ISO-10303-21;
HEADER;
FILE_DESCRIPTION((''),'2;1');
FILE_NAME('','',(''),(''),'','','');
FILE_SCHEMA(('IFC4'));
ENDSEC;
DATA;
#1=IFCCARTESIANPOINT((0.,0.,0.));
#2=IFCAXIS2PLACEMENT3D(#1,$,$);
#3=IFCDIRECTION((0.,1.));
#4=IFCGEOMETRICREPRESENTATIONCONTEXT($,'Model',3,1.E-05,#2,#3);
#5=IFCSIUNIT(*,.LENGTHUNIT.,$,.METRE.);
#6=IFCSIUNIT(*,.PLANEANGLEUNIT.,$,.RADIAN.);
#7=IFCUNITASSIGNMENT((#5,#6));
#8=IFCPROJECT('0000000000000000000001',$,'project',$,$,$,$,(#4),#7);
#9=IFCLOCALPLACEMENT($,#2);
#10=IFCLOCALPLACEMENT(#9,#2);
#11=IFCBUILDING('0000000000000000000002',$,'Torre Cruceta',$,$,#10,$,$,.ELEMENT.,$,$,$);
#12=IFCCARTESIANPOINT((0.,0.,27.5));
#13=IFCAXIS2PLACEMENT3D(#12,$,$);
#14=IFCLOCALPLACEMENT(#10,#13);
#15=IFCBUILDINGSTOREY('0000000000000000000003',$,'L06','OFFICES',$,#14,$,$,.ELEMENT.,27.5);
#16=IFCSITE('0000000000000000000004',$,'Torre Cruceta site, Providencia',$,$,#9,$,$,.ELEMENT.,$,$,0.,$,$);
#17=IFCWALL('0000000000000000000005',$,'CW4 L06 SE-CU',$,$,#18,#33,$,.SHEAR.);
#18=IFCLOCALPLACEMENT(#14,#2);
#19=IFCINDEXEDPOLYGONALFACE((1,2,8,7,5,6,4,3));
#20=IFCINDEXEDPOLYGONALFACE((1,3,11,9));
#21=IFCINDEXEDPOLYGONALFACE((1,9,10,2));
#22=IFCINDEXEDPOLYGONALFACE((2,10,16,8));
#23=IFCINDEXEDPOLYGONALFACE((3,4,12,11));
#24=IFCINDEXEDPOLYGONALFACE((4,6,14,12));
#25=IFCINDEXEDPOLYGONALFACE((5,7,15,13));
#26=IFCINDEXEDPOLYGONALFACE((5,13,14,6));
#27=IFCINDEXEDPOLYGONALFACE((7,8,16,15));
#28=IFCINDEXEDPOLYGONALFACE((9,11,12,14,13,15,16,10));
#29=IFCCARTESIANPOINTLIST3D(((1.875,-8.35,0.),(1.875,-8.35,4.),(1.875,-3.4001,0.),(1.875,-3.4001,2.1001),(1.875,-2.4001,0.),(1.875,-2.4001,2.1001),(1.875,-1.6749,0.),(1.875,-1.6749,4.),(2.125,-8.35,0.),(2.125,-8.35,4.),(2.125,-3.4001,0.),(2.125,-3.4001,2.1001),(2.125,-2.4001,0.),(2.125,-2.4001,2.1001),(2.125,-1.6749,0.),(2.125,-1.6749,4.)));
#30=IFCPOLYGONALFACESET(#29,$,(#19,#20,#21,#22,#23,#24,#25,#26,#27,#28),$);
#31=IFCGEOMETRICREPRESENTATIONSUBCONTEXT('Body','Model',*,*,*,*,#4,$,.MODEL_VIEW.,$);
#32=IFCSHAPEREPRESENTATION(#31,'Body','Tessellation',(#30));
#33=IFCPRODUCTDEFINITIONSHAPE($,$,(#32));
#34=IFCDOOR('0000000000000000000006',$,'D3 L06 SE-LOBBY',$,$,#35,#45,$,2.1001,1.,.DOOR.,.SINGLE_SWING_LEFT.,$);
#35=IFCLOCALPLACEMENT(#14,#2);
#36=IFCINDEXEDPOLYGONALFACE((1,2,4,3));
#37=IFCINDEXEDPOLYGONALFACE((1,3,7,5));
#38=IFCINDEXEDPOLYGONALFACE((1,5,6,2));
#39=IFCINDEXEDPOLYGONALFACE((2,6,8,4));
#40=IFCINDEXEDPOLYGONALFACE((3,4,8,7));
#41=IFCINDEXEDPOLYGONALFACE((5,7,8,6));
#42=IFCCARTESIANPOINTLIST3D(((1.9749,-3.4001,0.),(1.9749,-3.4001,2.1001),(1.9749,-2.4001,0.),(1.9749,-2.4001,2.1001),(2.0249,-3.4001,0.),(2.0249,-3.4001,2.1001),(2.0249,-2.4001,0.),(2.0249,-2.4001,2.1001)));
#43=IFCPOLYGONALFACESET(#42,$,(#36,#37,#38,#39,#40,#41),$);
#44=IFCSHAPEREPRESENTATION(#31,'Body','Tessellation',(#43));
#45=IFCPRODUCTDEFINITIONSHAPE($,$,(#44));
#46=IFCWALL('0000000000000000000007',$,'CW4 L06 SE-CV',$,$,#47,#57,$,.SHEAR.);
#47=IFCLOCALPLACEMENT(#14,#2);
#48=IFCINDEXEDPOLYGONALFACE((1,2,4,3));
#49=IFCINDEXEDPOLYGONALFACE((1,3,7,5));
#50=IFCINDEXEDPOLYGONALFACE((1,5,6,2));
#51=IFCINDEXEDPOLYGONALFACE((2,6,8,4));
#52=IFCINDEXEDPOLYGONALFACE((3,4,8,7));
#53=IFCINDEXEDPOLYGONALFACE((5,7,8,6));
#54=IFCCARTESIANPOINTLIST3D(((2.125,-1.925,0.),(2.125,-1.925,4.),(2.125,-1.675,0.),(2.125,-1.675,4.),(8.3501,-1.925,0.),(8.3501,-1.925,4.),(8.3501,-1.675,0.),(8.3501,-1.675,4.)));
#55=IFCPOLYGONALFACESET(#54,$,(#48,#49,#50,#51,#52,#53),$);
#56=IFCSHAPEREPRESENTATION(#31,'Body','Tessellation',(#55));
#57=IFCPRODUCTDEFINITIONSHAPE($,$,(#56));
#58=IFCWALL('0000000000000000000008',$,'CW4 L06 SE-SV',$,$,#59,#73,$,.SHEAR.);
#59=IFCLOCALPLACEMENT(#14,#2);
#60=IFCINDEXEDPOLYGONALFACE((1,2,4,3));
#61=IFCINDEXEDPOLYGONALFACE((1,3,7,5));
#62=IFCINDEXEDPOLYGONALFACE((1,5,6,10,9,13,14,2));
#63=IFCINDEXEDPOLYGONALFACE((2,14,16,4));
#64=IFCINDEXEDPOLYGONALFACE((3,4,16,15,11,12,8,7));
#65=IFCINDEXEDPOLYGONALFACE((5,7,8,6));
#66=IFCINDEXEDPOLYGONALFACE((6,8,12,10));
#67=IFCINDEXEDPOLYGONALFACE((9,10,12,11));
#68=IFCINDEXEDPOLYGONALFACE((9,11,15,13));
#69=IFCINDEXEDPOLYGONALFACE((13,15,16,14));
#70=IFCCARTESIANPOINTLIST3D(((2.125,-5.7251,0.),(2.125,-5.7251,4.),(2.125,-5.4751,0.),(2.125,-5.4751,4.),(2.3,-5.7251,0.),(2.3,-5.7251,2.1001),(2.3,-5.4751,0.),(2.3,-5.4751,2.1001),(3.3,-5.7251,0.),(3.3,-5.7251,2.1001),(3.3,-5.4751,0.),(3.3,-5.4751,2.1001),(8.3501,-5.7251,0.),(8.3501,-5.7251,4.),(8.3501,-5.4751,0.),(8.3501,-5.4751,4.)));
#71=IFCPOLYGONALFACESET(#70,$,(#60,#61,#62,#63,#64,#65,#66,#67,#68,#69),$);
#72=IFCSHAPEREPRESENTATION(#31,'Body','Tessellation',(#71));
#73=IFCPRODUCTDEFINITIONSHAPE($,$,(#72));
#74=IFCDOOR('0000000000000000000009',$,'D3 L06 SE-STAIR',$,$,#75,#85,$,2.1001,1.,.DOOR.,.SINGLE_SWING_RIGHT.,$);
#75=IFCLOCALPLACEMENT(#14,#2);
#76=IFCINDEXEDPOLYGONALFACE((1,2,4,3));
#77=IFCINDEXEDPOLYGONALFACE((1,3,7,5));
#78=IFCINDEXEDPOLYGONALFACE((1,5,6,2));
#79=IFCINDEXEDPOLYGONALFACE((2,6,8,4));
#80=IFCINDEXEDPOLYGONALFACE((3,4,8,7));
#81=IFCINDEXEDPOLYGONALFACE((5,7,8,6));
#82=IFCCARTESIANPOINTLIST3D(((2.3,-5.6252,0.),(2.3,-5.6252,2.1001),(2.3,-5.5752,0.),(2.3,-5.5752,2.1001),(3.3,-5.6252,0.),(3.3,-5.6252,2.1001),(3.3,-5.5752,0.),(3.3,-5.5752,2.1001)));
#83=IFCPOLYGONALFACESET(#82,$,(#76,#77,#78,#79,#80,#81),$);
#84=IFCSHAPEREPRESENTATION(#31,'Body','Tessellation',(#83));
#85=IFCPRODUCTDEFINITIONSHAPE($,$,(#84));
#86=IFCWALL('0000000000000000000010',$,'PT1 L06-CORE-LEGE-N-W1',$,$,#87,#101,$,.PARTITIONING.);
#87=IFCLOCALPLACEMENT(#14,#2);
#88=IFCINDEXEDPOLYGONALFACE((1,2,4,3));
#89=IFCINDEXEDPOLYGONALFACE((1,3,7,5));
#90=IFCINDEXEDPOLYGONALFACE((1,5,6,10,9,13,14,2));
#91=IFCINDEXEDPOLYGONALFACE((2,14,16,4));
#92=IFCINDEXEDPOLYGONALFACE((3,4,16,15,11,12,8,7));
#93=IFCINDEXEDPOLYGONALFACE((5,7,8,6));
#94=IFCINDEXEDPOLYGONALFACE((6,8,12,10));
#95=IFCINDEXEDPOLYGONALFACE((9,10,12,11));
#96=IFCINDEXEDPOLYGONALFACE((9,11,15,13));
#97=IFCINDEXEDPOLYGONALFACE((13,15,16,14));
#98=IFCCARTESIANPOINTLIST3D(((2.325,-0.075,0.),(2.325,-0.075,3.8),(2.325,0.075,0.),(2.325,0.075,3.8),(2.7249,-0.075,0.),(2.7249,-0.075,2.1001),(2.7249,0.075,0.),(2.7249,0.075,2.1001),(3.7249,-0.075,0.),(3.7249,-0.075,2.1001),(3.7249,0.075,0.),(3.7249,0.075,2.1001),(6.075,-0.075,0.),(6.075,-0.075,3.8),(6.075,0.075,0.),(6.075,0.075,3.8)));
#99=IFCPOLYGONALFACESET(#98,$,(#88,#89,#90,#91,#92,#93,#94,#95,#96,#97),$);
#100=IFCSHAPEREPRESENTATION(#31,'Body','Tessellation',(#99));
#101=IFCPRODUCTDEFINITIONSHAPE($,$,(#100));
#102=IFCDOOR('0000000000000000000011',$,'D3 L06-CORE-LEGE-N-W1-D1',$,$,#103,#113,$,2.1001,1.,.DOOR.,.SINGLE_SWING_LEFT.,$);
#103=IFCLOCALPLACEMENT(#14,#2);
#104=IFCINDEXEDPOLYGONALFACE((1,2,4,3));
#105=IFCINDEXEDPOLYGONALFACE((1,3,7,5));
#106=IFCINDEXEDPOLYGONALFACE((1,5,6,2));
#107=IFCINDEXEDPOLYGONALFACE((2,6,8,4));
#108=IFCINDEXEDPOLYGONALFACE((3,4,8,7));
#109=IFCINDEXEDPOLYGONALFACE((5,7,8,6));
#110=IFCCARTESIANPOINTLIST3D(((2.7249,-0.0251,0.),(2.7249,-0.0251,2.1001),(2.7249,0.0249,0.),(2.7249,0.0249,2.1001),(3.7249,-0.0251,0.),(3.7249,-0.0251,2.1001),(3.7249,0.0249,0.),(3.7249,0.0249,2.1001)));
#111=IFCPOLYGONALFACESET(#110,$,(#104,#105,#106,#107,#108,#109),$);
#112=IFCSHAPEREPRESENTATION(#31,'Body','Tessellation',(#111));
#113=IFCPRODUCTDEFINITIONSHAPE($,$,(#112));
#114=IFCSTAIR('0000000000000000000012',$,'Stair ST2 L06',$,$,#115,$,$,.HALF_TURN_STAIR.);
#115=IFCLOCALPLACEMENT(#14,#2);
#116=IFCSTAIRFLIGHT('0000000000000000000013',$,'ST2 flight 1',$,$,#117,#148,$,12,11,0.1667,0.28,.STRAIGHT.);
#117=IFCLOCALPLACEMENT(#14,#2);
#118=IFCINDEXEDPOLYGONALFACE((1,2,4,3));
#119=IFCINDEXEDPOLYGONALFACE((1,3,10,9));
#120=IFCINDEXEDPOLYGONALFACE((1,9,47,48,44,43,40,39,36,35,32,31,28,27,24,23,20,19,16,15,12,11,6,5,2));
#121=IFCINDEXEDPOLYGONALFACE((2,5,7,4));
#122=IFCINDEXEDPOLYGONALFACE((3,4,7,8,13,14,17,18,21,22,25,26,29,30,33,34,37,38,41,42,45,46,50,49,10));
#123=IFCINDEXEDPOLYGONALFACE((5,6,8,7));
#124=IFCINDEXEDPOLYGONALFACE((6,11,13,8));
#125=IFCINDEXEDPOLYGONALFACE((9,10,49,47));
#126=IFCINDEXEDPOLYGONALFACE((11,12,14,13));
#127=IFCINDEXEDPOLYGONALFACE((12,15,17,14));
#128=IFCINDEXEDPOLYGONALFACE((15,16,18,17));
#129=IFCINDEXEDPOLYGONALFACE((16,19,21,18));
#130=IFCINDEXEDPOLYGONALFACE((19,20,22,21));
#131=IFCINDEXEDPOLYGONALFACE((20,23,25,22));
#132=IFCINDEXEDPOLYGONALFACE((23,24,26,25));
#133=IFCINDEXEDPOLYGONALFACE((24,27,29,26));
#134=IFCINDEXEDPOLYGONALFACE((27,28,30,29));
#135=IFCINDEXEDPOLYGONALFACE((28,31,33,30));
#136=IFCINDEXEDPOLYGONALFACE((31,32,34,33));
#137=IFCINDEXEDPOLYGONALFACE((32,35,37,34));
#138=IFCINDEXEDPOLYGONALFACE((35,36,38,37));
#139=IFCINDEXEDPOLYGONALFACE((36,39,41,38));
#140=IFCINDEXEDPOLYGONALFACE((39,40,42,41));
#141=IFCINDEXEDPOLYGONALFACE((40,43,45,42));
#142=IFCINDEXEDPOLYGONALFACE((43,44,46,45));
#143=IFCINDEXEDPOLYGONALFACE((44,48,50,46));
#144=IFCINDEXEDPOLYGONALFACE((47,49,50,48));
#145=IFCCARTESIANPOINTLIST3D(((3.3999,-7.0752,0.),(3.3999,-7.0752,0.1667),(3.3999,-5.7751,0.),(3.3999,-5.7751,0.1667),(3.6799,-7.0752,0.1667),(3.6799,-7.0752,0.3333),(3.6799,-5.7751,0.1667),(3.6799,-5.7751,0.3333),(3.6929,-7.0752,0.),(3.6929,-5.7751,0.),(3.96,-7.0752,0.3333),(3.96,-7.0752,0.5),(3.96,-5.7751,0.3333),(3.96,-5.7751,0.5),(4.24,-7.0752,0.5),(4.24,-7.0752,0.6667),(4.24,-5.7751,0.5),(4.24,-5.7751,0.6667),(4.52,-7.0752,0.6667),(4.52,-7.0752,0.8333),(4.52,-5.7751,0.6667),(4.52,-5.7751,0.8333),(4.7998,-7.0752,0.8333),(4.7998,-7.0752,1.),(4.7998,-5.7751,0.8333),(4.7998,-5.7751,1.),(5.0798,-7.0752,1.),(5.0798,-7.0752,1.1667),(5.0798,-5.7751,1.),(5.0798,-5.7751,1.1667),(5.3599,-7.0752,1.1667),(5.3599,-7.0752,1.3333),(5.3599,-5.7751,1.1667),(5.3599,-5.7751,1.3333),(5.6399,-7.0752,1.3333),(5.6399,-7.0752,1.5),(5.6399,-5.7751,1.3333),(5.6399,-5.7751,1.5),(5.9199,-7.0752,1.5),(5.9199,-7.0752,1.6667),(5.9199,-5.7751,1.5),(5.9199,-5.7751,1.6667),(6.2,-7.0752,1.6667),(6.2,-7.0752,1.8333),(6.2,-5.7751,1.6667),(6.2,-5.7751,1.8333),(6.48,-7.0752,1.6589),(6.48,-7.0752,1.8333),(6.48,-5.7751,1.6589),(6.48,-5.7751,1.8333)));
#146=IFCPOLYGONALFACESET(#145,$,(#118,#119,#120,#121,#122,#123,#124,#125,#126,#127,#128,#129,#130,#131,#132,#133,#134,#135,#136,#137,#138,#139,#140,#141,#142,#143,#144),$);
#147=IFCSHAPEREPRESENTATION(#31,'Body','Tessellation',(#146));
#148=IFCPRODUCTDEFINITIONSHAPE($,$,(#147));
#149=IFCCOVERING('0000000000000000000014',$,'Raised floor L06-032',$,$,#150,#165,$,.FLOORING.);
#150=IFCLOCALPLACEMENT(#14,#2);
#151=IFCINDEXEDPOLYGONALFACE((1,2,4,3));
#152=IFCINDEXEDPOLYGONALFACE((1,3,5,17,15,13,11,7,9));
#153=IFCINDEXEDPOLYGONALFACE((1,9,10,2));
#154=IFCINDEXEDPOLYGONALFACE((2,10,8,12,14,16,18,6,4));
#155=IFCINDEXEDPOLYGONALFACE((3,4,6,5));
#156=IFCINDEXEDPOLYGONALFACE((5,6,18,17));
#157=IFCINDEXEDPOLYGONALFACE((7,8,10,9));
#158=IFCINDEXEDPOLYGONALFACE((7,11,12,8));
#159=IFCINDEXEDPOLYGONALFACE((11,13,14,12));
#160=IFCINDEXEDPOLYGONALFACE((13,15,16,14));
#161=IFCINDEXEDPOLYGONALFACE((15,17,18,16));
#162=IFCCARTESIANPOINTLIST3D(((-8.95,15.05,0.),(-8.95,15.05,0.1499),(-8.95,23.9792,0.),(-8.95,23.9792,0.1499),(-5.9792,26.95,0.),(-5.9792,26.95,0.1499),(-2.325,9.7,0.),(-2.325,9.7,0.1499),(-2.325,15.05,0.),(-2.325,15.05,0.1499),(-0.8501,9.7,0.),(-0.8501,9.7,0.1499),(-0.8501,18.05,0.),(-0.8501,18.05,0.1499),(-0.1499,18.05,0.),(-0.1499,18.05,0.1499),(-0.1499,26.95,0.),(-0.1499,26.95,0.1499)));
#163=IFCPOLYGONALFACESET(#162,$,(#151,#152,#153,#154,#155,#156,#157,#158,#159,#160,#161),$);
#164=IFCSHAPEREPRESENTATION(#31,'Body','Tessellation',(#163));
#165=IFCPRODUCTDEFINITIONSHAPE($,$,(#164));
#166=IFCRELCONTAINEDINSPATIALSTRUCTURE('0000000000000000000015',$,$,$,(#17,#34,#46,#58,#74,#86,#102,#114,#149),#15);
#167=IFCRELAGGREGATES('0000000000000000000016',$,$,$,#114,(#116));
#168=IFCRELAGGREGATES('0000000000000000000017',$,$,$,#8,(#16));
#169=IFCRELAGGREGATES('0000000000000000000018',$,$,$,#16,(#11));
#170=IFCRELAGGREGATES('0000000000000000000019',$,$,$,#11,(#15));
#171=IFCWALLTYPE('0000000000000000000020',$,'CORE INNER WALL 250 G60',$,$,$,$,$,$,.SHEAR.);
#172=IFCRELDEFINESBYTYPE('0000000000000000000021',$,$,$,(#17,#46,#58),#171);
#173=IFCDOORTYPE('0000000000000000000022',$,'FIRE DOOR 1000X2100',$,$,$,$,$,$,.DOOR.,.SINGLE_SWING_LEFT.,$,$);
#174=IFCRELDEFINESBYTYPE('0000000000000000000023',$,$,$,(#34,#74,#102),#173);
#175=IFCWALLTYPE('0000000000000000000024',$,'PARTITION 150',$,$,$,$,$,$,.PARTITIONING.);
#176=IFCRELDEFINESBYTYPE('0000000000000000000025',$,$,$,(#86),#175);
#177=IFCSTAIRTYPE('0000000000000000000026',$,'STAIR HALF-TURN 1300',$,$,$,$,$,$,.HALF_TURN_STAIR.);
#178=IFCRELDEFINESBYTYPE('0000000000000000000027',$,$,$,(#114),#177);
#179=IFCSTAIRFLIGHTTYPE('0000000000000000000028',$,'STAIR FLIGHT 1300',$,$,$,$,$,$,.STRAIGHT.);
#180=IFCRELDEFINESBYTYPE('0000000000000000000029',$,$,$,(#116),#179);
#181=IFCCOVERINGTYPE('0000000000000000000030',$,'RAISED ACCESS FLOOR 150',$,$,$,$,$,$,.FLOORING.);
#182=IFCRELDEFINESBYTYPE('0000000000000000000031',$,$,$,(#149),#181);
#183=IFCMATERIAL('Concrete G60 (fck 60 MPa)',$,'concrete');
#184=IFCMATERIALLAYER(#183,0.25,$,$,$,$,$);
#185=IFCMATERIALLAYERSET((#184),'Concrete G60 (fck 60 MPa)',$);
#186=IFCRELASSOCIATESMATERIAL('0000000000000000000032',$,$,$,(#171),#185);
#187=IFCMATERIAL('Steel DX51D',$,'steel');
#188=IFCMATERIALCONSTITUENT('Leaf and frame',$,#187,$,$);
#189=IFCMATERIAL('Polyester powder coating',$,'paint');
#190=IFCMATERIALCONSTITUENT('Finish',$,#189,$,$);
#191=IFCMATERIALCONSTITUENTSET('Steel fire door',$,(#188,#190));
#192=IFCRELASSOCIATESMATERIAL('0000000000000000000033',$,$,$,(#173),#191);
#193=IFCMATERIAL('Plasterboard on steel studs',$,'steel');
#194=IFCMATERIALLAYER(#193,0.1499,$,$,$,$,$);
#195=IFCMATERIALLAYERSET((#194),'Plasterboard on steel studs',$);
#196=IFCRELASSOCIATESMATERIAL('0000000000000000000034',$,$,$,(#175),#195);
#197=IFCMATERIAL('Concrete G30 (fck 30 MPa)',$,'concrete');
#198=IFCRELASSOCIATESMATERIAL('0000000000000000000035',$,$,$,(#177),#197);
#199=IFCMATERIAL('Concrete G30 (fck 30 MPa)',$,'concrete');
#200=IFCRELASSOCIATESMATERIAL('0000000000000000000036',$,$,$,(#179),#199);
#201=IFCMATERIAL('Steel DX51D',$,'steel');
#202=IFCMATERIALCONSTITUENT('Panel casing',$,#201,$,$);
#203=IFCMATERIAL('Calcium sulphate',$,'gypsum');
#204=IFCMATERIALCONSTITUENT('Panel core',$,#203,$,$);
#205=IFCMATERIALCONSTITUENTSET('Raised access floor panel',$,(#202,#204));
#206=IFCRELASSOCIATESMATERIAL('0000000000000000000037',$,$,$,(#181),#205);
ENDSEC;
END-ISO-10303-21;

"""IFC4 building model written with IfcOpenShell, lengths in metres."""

from ifc_helpers import new_model, si_unit, direction, frame, frame_2d, origin, place, context, subcontext, project, spatial, polyline, rectangle, outline, extrude, material, layer, layer_set, constituent, constituent_set, type_object, element, fill, aggregate, save


model = new_model("IFC4")

# Units and contexts
model_context = context("Model", 3, precision=1e-05, world=origin(), true_north=direction((0.0, 1.0)))
body_context = subcontext(model_context, "Body", "Model", "MODEL_VIEW")
ifc_project = project(units=[si_unit("LENGTHUNIT", "METRE"), si_unit("PLANEANGLEUNIT", "RADIAN")], contexts=[model_context])

# Site, building, storey
site_placement = place(None, origin())
site = spatial("IfcSite", under=ifc_project, at=site_placement, Name="Torre Cruceta site, Providencia", CompositionType="ELEMENT", RefElevation=0.0)
building_placement = place(site_placement, origin())
building = spatial("IfcBuilding", under=site, at=building_placement, Name="Torre Cruceta", CompositionType="ELEMENT")
storey_placement = place(building_placement, frame((0.0, 0.0, 27.5)))
storey = spatial("IfcBuildingStorey", under=building, at=storey_placement, Name="L06", Description="OFFICES", CompositionType="ELEMENT", Elevation=27.5)

# Wall, opening, door
ifc_material_1 = material(Name="Concrete G60 (fck 60 MPa)", Category="concrete")
ifc_layer_1 = layer(ifc_material_1, 0.25)
ifc_layer_set_1 = layer_set([ifc_layer_1], Name="Concrete G60 (fck 60 MPa)")
wall_type_1 = type_object("IfcWallType", Name="CORE INNER WALL 250 G60", PredefinedType="SHEAR", material=ifc_layer_set_1)
wall_1_placement = place(storey_placement, frame((2.0, -1.675, 0.0), z_axis=(0.0, 0.0, 1.0), x_axis=(0.0, -1.0, 0.0)))
wall_1 = element("IfcWall", 1, at=wall_1_placement, inside=storey, type_object=wall_type_1, Name="CW4 L06 SE-CU", PredefinedType="SHEAR", context=body_context, shape_type="SweptSolid", body=[
    extrude(rectangle(XDim=6.675, YDim=0.25, at=frame_2d((3.3374, 0.0))), origin(), (0.0, 0.0, 1.0), 4.0),
])
opening_1_placement = place(wall_1_placement, frame((0.7251, 0.0, 0.0)))
opening_1 = element("IfcOpeningElement", 2, at=opening_1_placement, cuts=wall_1, PredefinedType="OPENING", context=body_context, shape_type="SweptSolid", body=[
    extrude(rectangle(XDim=1.0, YDim=2.1001, at=frame_2d((0.5, 1.05))), frame((0.0, 0.135, 0.0), z_axis=(0.0, -1.0, 0.0), x_axis=(1.0, 0.0, 0.0)), (0.0, 0.0, 1.0), 0.27),
])
ifc_material_2 = material(Name="Steel DX51D", Category="steel")
ifc_constituent_1 = constituent(ifc_material_2, Name="Leaf and frame")
ifc_material_3 = material(Name="Polyester powder coating", Category="paint")
ifc_constituent_2 = constituent(ifc_material_3, Name="Finish")
ifc_constituent_set_1 = constituent_set(constituents=[ifc_constituent_1, ifc_constituent_2], Name="Steel fire door")
door_type = type_object("IfcDoorType", Name="FIRE DOOR 1000X2100", OperationType="SINGLE_SWING_LEFT", PredefinedType="DOOR", material=ifc_constituent_set_1)
door_1_placement = place(opening_1_placement, origin())
door_1 = element("IfcDoor", 3, at=door_1_placement, inside=storey, type_object=door_type, Name="D3 L06 SE-LOBBY", OperationType="SINGLE_SWING_LEFT", OverallHeight=2.1001, OverallWidth=1.0, PredefinedType="DOOR", context=body_context, shape_type="SweptSolid", body=[
    extrude(rectangle(XDim=1.0, YDim=2.1001, at=frame_2d((0.5, 1.05))), frame((0.0, 0.0249, 0.0), z_axis=(0.0, -1.0, 0.0), x_axis=(1.0, 0.0, 0.0)), (0.0, 0.0, 1.0), 0.05),
])
fill(opening_1, door_1)

# Wall
wall_2_placement = place(storey_placement, frame((2.125, -1.8, 0.0), z_axis=(0.0, 0.0, 1.0), x_axis=(1.0, 0.0, 0.0)))
element("IfcWall", 4, at=wall_2_placement, inside=storey, type_object=wall_type_1, Name="CW4 L06 SE-CV", PredefinedType="SHEAR", context=body_context, shape_type="SweptSolid", body=[
    extrude(rectangle(XDim=6.2251, YDim=0.25, at=frame_2d((3.1125, 0.0))), origin(), (0.0, 0.0, 1.0), 4.0),
])

# Walls, openings, doors
wall_3_placement = place(storey_placement, frame((2.125, -5.6001, 0.0), z_axis=(0.0, 0.0, 1.0), x_axis=(1.0, 0.0, 0.0)))
wall_3 = element("IfcWall", 5, at=wall_3_placement, inside=storey, type_object=wall_type_1, Name="CW4 L06 SE-SV", PredefinedType="SHEAR", context=body_context, shape_type="SweptSolid", body=[
    extrude(rectangle(XDim=6.2251, YDim=0.25, at=frame_2d((3.1125, 0.0))), origin(), (0.0, 0.0, 1.0), 4.0),
])
opening_2_placement = place(wall_3_placement, frame((0.175, 0.0, 0.0)))
opening_2 = element("IfcOpeningElement", 6, at=opening_2_placement, cuts=wall_3, PredefinedType="OPENING", context=body_context, shape_type="SweptSolid", body=[
    extrude(rectangle(XDim=1.0, YDim=2.1001, at=frame_2d((0.5, 1.05))), frame((0.0, 0.135, 0.0), z_axis=(0.0, -1.0, 0.0), x_axis=(1.0, 0.0, 0.0)), (0.0, 0.0, 1.0), 0.27),
])
door_2_placement = place(opening_2_placement, frame((1.0, 0.0, 0.0), z_axis=(0.0, 0.0, 1.0), x_axis=(-1.0, 0.0, 0.0)))
door_2 = element("IfcDoor", 7, at=door_2_placement, inside=storey, type_object=door_type, Name="D3 L06 SE-STAIR", OperationType="SINGLE_SWING_RIGHT", OverallHeight=2.1001, OverallWidth=1.0, PredefinedType="DOOR", context=body_context, shape_type="SweptSolid", body=[
    extrude(rectangle(XDim=1.0, YDim=2.1001, at=frame_2d((0.5, 1.05))), frame((0.0, 0.0251, 0.0), z_axis=(0.0, -1.0, 0.0), x_axis=(1.0, 0.0, 0.0)), (0.0, 0.0, 1.0), 0.05),
])
fill(opening_2, door_2)
ifc_material_4 = material(Name="Plasterboard on steel studs", Category="steel")
ifc_layer_2 = layer(ifc_material_4, 0.1499)
ifc_layer_set_2 = layer_set([ifc_layer_2], Name="Plasterboard on steel studs")
wall_type_2 = type_object("IfcWallType", Name="PARTITION 150", PredefinedType="PARTITIONING", material=ifc_layer_set_2)
wall_4_placement = place(storey_placement, frame((2.325, 0.0, 0.0), z_axis=(0.0, 0.0, 1.0), x_axis=(1.0, 0.0, 0.0)))
wall_4 = element("IfcWall", 8, at=wall_4_placement, inside=storey, type_object=wall_type_2, Name="PT1 L06-CORE-LEGE-N-W1", PredefinedType="PARTITIONING", context=body_context, shape_type="SweptSolid", body=[
    extrude(rectangle(XDim=3.75, YDim=0.1499, at=frame_2d((1.875, 0.0))), origin(), (0.0, 0.0, 1.0), 3.8),
])
opening_3_placement = place(wall_4_placement, frame((0.3999, 0.0, 0.0)))
opening_3 = element("IfcOpeningElement", 9, at=opening_3_placement, cuts=wall_4, PredefinedType="OPENING", context=body_context, shape_type="SweptSolid", body=[
    extrude(rectangle(XDim=1.0, YDim=2.1001, at=frame_2d((0.5, 1.05))), frame((0.0, 0.085, 0.0), z_axis=(0.0, -1.0, 0.0), x_axis=(1.0, 0.0, 0.0)), (0.0, 0.0, 1.0), 0.1699),
])
door_3_placement = place(opening_3_placement, origin())
door_3 = element("IfcDoor", 10, at=door_3_placement, inside=storey, type_object=door_type, Name="D3 L06-CORE-LEGE-N-W1-D1", OperationType="SINGLE_SWING_LEFT", OverallHeight=2.1001, OverallWidth=1.0, PredefinedType="DOOR", context=body_context, shape_type="SweptSolid", body=[
    extrude(rectangle(XDim=1.0, YDim=2.1001, at=frame_2d((0.5, 1.05))), frame((0.0, 0.0249, 0.0), z_axis=(0.0, -1.0, 0.0), x_axis=(1.0, 0.0, 0.0)), (0.0, 0.0, 1.0), 0.05),
])
fill(opening_3, door_3)

# Stair, stair flight
ifc_material_5 = material(Name="Concrete G30 (fck 30 MPa)", Category="concrete")
stair_type = type_object("IfcStairType", Name="STAIR HALF-TURN 1300", PredefinedType="HALF_TURN_STAIR", material=ifc_material_5)
stair_placement = place(storey_placement, origin())
stair = element("IfcStair", 11, at=stair_placement, inside=storey, type_object=stair_type, Name="Stair ST2 L06", PredefinedType="HALF_TURN_STAIR")
ifc_material_6 = material(Name="Concrete G30 (fck 30 MPa)", Category="concrete")
stair_flight_type = type_object("IfcStairFlightType", Name="STAIR FLIGHT 1300", PredefinedType="STRAIGHT", material=ifc_material_6)
stair_flight_placement = place(storey_placement, frame((3.3999, -6.425, 0.0), z_axis=(0.0, 0.0, 1.0), x_axis=(1.0, 0.0, 0.0)))
stair_flight = element("IfcStairFlight", 12, at=stair_flight_placement, type_object=stair_flight_type, Name="ST2 flight 1", NumberOfRisers=12, NumberOfTreads=11, PredefinedType="STRAIGHT", RiserHeight=0.1667, TreadLength=0.28, context=body_context, shape_type="SweptSolid", body=[
    extrude(outline(polyline([(0.0, 0.0), (0.0, 0.1667), (0.28, 0.1667), (0.28, 0.3333), (0.5601, 0.3333), (0.5601, 0.5), (0.8401, 0.5), (0.8401, 0.6667), (1.1201, 0.6667), (1.1201, 0.8333), (1.3999, 0.8333), (1.3999, 1.0), (1.6799, 1.0), (1.6799, 1.1667), (1.96, 1.1667), (1.96, 1.3333), (2.24, 1.3333), (2.24, 1.5), (2.52, 1.5), (2.52, 1.6667), (2.8, 1.6667), (2.8, 1.8333), (3.0801, 1.8333), (3.0801, 2.0), (3.0801, 1.6589), (0.293, 0.0), (0.0, 0.0)])), frame((0.0, 0.6499, 0.0), z_axis=(0.0, -1.0, 0.0), x_axis=(1.0, 0.0, 0.0)), (0.0, 0.0, 1.0), 1.3),
])
aggregate(stair, [stair_flight])

# Covering
ifc_material_7 = material(Name="Steel DX51D", Category="steel")
ifc_constituent_3 = constituent(ifc_material_7, Name="Panel casing")
ifc_material_8 = material(Name="Calcium sulphate", Category="gypsum")
ifc_constituent_4 = constituent(ifc_material_8, Name="Panel core")
ifc_constituent_set_2 = constituent_set(constituents=[ifc_constituent_3, ifc_constituent_4], Name="Raised access floor panel")
covering_type_1 = type_object("IfcCoveringType", Name="RAISED ACCESS FLOOR 150", PredefinedType="FLOORING", material=ifc_constituent_set_2)
covering_1_placement = place(storey_placement, origin())
element("IfcCovering", 13, at=covering_1_placement, inside=storey, type_object=covering_type_1, Name="Raised floor L06-032", PredefinedType="FLOORING", context=body_context, shape_type="SweptSolid", body=[
    extrude(outline(polyline([(-0.1499, 26.95), (-0.1499, 18.05), (-0.8501, 18.05), (-0.8501, 9.7), (-2.325, 9.7), (-2.325, 15.05), (-8.95, 15.05), (-8.95, 23.9792), (-5.9792, 26.95), (-0.1499, 26.95)])), origin(), (0.0, 0.0, 1.0), 0.1499),
])

save(model, "model.ifc")
